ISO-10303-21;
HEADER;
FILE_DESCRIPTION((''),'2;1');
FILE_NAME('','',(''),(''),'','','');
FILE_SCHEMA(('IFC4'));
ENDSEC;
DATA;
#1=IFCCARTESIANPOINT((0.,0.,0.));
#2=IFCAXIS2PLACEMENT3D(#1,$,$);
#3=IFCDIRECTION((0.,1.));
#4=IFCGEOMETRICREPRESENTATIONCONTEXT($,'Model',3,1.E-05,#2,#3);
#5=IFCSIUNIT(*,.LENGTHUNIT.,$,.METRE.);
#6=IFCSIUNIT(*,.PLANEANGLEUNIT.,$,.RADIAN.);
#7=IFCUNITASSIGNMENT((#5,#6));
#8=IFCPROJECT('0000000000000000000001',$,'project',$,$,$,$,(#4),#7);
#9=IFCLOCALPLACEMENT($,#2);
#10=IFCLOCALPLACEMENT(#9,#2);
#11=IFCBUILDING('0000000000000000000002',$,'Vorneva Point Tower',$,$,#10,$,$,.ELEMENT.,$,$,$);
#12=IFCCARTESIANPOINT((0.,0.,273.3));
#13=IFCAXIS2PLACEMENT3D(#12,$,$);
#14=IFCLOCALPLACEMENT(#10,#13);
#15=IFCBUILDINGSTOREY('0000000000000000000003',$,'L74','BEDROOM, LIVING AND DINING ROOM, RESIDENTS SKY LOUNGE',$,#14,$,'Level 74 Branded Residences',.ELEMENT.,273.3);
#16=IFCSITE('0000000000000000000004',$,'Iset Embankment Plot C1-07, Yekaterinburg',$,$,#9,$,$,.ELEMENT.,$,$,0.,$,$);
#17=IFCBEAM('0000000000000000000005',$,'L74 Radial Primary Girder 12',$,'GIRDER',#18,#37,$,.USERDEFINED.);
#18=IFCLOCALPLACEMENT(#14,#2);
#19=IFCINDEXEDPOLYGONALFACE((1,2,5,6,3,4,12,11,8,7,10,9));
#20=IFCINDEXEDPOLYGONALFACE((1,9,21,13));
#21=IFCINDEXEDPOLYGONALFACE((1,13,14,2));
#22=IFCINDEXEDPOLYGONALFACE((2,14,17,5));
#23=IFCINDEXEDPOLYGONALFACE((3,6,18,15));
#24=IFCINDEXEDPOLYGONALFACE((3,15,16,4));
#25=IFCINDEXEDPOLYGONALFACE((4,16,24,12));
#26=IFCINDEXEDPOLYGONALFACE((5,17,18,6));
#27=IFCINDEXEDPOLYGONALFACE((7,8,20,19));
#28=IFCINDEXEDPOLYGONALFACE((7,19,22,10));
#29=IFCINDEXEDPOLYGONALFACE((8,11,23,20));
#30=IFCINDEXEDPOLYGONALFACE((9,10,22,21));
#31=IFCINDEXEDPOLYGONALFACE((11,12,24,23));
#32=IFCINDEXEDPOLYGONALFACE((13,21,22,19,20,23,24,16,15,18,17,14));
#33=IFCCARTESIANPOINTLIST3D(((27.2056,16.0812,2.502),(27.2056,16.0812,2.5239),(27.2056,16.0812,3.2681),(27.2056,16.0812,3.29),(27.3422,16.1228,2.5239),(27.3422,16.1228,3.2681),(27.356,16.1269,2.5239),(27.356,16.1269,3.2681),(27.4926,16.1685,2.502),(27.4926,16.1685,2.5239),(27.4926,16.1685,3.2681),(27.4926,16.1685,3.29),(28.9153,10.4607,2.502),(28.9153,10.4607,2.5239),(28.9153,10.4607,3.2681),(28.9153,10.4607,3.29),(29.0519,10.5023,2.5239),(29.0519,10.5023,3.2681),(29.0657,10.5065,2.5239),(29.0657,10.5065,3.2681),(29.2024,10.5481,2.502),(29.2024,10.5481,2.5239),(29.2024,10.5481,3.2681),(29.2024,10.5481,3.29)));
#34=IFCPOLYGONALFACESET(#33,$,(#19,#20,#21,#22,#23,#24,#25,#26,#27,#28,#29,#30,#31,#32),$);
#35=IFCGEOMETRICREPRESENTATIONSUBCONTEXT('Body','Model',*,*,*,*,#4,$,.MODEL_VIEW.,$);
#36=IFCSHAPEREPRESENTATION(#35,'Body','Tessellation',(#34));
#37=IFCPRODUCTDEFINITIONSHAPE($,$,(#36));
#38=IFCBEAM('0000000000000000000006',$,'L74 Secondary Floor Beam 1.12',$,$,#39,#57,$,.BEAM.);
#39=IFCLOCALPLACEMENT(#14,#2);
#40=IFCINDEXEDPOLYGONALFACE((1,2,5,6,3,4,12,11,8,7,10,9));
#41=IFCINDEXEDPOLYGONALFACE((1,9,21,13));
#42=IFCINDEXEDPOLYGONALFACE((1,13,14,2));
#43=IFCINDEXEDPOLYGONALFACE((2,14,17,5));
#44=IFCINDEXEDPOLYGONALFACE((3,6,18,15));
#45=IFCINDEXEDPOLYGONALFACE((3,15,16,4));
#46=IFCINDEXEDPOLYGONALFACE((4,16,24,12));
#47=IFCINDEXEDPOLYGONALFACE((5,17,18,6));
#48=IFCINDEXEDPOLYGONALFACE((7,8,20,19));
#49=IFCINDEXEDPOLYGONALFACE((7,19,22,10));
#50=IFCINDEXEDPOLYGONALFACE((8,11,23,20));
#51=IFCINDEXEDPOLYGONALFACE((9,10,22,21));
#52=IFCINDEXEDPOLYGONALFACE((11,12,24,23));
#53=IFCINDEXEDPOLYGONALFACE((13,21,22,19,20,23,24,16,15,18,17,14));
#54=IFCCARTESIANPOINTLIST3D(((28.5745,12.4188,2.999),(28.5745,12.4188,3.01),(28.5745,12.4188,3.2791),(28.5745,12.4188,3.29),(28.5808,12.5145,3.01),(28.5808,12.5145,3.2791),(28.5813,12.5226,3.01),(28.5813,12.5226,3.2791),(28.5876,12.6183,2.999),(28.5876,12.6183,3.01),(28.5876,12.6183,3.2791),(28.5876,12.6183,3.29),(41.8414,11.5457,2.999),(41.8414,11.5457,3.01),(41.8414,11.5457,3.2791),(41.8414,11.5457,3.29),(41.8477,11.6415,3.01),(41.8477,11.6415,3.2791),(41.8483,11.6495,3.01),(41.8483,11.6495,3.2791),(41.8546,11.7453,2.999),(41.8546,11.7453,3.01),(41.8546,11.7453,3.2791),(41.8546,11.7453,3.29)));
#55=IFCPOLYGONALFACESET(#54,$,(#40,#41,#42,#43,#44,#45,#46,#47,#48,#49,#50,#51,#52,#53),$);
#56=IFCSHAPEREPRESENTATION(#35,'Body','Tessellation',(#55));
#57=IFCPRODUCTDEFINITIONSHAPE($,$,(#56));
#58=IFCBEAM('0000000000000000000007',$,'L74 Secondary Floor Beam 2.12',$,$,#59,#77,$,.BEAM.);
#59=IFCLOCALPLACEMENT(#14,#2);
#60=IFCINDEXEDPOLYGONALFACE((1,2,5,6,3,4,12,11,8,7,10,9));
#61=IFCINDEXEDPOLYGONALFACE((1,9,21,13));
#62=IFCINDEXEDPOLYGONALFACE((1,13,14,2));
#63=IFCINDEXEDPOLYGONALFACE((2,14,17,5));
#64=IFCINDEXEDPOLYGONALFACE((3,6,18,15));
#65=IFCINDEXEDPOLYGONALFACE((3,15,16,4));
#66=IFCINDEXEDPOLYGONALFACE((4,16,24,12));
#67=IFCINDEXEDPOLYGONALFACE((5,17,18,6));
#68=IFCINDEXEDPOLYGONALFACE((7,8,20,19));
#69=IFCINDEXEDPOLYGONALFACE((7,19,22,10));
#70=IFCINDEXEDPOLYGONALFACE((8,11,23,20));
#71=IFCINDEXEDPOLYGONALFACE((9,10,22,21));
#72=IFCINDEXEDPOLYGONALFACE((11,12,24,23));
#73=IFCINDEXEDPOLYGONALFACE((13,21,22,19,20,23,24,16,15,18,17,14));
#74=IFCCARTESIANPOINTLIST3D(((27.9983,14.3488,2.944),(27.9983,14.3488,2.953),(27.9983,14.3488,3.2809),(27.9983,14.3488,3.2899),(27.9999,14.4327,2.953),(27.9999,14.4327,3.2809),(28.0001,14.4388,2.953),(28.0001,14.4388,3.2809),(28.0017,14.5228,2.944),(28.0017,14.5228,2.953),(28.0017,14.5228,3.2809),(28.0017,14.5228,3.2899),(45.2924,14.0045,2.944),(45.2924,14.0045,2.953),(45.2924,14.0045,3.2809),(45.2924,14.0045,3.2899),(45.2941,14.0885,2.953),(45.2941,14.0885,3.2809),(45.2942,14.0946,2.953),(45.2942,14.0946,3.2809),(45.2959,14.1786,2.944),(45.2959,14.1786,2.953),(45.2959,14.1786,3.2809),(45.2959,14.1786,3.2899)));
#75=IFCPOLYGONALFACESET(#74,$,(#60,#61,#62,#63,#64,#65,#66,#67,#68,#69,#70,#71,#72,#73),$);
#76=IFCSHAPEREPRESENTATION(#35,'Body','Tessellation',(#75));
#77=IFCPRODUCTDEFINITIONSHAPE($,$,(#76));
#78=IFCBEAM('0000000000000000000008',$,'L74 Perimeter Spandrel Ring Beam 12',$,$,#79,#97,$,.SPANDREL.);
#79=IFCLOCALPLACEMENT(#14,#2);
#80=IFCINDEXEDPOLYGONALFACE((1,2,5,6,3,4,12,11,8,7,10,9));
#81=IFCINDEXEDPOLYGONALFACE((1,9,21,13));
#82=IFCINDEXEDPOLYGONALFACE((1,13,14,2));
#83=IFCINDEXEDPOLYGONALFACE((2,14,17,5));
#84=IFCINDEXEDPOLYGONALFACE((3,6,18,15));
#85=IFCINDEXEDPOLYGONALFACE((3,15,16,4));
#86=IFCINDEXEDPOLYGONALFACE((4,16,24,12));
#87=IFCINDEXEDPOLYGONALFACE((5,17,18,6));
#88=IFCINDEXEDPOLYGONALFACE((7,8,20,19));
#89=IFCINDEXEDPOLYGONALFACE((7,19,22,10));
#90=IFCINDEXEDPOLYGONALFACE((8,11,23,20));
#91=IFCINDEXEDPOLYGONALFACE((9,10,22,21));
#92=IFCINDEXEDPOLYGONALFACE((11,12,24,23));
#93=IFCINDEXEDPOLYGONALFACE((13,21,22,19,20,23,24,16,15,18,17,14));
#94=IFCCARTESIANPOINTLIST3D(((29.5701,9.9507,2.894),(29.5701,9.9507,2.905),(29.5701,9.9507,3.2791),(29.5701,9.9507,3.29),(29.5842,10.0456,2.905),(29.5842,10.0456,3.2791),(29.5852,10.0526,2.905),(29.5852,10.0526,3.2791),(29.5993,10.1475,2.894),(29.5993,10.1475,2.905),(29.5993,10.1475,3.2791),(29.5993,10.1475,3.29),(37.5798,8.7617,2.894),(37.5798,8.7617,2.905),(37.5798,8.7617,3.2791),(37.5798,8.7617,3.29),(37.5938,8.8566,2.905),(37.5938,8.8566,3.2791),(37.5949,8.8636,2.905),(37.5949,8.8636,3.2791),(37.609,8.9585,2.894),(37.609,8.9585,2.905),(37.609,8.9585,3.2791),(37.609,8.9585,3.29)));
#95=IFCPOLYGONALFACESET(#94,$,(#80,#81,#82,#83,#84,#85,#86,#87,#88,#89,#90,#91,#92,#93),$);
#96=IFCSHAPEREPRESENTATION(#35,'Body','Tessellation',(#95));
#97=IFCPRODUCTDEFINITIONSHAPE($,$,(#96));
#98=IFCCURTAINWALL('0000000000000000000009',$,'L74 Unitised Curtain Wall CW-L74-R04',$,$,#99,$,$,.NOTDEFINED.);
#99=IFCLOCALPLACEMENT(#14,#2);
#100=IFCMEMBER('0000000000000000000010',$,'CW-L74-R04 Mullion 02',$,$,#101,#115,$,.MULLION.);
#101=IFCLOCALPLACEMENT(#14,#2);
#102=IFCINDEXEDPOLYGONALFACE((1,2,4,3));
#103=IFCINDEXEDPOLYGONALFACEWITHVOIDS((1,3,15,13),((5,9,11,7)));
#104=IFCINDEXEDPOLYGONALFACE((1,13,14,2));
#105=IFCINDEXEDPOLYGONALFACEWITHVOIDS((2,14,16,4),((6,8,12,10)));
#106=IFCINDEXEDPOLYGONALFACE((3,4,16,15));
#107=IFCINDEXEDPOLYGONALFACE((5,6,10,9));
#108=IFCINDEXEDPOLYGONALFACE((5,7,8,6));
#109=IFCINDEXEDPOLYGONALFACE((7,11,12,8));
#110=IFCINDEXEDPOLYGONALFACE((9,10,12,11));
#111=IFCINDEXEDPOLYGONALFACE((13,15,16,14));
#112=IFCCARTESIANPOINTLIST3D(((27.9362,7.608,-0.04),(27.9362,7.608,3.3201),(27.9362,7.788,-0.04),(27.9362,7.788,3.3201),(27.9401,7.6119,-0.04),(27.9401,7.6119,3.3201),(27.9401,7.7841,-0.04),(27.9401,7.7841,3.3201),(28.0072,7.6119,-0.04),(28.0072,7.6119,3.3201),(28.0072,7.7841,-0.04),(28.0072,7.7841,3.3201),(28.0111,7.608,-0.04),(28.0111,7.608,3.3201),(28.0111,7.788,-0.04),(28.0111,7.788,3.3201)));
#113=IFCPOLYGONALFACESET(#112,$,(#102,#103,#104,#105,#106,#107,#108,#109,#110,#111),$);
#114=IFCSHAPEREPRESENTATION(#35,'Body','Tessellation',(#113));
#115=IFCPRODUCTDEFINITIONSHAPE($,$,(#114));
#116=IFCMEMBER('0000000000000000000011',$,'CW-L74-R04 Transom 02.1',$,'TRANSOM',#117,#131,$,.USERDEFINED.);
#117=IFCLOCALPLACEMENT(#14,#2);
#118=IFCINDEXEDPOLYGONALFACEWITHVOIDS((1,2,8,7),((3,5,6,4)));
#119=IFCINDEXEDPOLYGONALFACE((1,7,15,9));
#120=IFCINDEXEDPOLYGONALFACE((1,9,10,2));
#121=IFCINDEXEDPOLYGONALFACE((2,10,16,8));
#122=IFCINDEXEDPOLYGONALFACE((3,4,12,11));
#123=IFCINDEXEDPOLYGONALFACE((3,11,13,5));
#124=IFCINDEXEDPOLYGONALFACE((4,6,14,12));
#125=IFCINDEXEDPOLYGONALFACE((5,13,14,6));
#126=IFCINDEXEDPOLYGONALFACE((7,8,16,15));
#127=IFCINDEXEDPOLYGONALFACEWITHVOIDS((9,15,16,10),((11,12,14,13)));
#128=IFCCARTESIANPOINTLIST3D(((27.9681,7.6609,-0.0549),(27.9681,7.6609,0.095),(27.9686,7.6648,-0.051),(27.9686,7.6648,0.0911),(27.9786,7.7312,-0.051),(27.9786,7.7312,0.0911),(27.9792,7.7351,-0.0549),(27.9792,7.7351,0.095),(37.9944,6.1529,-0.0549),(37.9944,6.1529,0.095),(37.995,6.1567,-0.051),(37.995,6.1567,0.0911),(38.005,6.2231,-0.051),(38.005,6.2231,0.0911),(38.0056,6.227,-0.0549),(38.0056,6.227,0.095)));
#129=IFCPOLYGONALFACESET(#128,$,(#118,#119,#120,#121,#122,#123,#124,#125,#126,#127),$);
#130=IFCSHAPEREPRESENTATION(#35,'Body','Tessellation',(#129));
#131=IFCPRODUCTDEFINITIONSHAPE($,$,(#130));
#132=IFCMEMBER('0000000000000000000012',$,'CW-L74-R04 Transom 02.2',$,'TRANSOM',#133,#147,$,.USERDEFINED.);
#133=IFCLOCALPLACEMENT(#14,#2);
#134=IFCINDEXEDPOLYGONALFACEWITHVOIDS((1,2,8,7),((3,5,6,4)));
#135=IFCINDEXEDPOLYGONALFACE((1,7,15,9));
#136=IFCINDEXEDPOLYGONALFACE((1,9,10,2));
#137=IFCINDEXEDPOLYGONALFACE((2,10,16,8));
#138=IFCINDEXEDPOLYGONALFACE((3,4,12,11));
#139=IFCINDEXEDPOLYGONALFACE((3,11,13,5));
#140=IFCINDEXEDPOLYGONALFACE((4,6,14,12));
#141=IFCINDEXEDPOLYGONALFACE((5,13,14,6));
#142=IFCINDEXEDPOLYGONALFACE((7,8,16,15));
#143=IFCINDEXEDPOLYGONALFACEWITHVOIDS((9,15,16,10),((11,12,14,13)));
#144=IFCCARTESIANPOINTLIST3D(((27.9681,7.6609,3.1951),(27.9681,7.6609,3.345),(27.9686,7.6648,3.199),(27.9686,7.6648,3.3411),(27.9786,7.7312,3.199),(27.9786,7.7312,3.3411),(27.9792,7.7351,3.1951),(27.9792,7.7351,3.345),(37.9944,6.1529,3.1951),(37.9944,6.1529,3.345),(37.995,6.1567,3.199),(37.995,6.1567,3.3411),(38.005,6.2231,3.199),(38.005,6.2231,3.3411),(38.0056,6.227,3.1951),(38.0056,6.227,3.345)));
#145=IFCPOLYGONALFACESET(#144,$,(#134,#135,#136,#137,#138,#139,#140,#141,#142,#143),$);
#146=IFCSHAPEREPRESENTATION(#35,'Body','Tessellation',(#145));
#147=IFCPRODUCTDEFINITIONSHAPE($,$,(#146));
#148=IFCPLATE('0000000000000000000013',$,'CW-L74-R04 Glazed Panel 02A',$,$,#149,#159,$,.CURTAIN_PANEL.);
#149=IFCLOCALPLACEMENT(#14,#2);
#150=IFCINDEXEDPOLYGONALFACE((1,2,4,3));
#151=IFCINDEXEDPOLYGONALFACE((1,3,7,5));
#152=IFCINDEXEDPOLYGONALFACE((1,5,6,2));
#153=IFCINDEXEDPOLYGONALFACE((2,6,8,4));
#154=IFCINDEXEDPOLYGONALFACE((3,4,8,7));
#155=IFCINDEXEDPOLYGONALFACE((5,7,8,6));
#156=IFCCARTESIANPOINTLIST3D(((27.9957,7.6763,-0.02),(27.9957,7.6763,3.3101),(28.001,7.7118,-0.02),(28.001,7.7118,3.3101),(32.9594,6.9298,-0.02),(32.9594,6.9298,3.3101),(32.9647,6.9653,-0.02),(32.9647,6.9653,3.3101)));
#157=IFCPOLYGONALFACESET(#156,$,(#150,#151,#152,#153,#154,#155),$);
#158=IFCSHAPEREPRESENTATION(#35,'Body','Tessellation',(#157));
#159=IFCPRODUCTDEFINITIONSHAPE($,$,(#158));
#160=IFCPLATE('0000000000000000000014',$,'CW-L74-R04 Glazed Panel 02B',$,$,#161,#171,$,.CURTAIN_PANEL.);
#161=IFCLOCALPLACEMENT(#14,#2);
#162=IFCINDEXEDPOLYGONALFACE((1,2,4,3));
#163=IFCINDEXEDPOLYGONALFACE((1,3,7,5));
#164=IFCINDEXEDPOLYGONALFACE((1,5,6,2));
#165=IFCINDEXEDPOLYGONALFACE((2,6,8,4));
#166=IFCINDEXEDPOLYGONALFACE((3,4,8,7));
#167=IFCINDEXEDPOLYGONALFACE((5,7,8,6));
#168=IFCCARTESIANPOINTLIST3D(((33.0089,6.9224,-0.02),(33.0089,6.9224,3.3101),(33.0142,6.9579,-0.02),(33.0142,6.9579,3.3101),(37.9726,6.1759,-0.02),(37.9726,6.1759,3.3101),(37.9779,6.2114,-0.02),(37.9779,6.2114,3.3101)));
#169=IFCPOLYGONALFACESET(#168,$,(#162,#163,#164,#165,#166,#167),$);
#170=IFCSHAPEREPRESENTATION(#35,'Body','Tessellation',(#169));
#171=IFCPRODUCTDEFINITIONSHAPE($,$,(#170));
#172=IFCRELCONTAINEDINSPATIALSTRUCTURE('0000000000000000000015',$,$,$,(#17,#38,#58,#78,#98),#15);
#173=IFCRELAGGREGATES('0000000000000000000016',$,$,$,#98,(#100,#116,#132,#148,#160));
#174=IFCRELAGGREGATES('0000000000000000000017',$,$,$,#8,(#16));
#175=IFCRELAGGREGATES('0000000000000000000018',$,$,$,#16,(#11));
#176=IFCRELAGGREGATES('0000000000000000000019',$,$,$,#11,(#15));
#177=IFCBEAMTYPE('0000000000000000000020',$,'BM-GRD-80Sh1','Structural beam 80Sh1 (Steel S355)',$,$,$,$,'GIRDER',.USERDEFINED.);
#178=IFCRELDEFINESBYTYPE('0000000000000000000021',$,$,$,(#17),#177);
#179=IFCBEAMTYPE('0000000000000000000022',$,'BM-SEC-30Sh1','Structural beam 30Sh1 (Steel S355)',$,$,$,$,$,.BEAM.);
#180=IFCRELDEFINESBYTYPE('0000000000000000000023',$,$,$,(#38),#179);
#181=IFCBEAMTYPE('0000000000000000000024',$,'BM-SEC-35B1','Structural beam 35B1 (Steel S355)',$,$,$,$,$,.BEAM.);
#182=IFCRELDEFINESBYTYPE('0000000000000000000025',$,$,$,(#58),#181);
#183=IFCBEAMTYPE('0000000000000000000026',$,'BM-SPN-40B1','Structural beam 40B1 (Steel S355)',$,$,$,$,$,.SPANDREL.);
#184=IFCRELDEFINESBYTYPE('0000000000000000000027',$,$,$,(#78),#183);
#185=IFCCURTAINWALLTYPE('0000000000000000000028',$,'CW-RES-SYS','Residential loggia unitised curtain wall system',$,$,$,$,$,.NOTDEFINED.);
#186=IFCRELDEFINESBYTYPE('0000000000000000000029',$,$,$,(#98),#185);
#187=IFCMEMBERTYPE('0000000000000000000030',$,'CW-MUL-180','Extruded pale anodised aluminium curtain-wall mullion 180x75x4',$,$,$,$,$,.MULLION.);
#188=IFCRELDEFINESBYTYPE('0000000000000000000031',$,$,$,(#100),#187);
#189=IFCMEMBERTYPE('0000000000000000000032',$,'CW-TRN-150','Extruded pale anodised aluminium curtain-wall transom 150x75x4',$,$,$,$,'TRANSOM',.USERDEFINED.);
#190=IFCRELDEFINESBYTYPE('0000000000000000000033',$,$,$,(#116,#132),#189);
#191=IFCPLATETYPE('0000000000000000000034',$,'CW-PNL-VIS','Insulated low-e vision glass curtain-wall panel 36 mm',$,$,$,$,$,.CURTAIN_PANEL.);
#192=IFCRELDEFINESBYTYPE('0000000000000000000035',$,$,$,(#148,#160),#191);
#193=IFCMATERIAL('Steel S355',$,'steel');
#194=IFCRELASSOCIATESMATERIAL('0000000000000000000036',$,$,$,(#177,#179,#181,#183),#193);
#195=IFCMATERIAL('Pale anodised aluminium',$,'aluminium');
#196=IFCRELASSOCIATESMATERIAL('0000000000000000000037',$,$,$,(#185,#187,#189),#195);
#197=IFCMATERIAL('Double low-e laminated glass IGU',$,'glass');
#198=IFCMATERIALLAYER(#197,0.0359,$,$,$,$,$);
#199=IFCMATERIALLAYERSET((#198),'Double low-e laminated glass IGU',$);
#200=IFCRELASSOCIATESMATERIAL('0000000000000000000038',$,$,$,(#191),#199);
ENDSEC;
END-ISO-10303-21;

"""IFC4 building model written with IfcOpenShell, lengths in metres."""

from ifc_helpers import new_model, si_unit, direction, frame, origin, origin_2d, place, context, subcontext, project, spatial, rectangle, hollow_rectangle, i_section, extrude, material, layer, layer_set, material_profile, profile_set, type_object, element, aggregate, save


model = new_model("IFC4")

# Units and contexts
model_context = context("Model", 3, precision=1e-05, world=origin(), true_north=direction((0.0, 1.0)))
body_context = subcontext(model_context, "Body", "Model", "MODEL_VIEW")
ifc_project = project(units=[si_unit("LENGTHUNIT", "METRE"), si_unit("PLANEANGLEUNIT", "RADIAN")], contexts=[model_context])

# Site, building, storey
site_placement = place(None, origin())
site = spatial("IfcSite", under=ifc_project, at=site_placement, Name="Iset Embankment Plot C1-07, Yekaterinburg", CompositionType="ELEMENT", RefElevation=0.0)
building_placement = place(site_placement, origin())
building = spatial("IfcBuilding", under=site, at=building_placement, Name="Vorneva Point Tower", CompositionType="ELEMENT")
storey_placement = place(building_placement, frame((0.0, 0.0, 273.3)))
storey = spatial("IfcBuildingStorey", under=building, at=storey_placement, Name="L74", Description="BEDROOM, LIVING AND DINING ROOM, RESIDENTS SKY LOUNGE", LongName="Level 74 Branded Residences", CompositionType="ELEMENT", Elevation=273.3)

# Beams
ifc_material_1 = material(Name="Steel S355", Category="steel")
ifc_material_profile_1 = material_profile(ifc_material_1, i_section(OverallWidth=0.3, OverallDepth=0.7881, WebThickness=0.0144, FlangeThickness=0.022, at=origin_2d()), Name="80Sh1")
ifc_profile_set_1 = profile_set([ifc_material_profile_1], Name="Steel S355")
beam_type_1 = type_object("IfcBeamType", Name="BM-GRD-80Sh1", Description="Structural beam 80Sh1 (Steel S355)", ElementType="GIRDER", PredefinedType="USERDEFINED", material=ifc_profile_set_1)
beam_1_placement = place(storey_placement, frame((29.0588, 10.5044, 2.896), z_axis=(-0.291033, 0.956713, 0.0), x_axis=(-0.956713, -0.291033, 0.0)))
element("IfcBeam", 1, at=beam_1_placement, inside=storey, type_object=beam_type_1, Name="L74 Radial Primary Girder 12", ObjectType="GIRDER", PredefinedType="USERDEFINED", context=body_context, shape_type="SweptSolid", body=[
    extrude(i_section(OverallWidth=0.3, OverallDepth=0.7881, WebThickness=0.0144, FlangeThickness=0.022, at=origin_2d()), origin(), (0.0, 0.0, 1.0), 5.8748),
])
ifc_material_profile_2 = material_profile(ifc_material_1, i_section(OverallWidth=0.2, OverallDepth=0.291, WebThickness=0.0081, FlangeThickness=0.011, at=origin_2d()), Name="30Sh1")
ifc_profile_set_2 = profile_set([ifc_material_profile_2], Name="Steel S355")
beam_type_2 = type_object("IfcBeamType", Name="BM-SEC-30Sh1", Description="Structural beam 30Sh1 (Steel S355)", PredefinedType="BEAM", material=ifc_profile_set_2)
beam_2_placement = place(storey_placement, frame((28.5811, 12.5186, 3.1445), z_axis=(0.997842, -0.065665, 0.0), x_axis=(0.065665, 0.997842, 0.0)))
element("IfcBeam", 2, at=beam_2_placement, inside=storey, type_object=beam_type_2, Name="L74 Secondary Floor Beam 1.12", PredefinedType="BEAM", context=body_context, shape_type="SweptSolid", body=[
    extrude(i_section(OverallWidth=0.2, OverallDepth=0.291, WebThickness=0.0081, FlangeThickness=0.011, at=origin_2d()), origin(), (0.0, 0.0, 1.0), 13.2957),
])
ifc_material_profile_3 = material_profile(ifc_material_1, i_section(OverallWidth=0.1741, OverallDepth=0.3459, WebThickness=0.0061, FlangeThickness=0.009, at=origin_2d()), Name="35B1")
ifc_profile_set_3 = profile_set([ifc_material_profile_3], Name="Steel S355")
beam_type_3 = type_object("IfcBeamType", Name="BM-SEC-35B1", Description="Structural beam 35B1 (Steel S355)", PredefinedType="BEAM", material=ifc_profile_set_3)
beam_3_placement = place(storey_placement, frame((28.0, 14.4358, 3.1169), z_axis=(0.999802, -0.019901, 0.0), x_axis=(0.019901, 0.999802, 0.0)))
element("IfcBeam", 3, at=beam_3_placement, inside=storey, type_object=beam_type_3, Name="L74 Secondary Floor Beam 2.12", PredefinedType="BEAM", context=body_context, shape_type="SweptSolid", body=[
    extrude(i_section(OverallWidth=0.1741, OverallDepth=0.3459, WebThickness=0.0061, FlangeThickness=0.009, at=origin_2d()), origin(), (0.0, 0.0, 1.0), 17.2976),
])
ifc_material_profile_4 = material_profile(ifc_material_1, i_section(OverallWidth=0.199, OverallDepth=0.396, WebThickness=0.0071, FlangeThickness=0.011, at=origin_2d()), Name="40B1")
ifc_profile_set_4 = profile_set([ifc_material_profile_4], Name="Steel S355")
beam_type_4 = type_object("IfcBeamType", Name="BM-SPN-40B1", Description="Structural beam 40B1 (Steel S355)", PredefinedType="SPANDREL", material=ifc_profile_set_4)
beam_4_placement = place(storey_placement, frame((29.5847, 10.0491, 3.092), z_axis=(0.989162, -0.146831, 0.0), x_axis=(0.146831, 0.989162, 0.0)))
element("IfcBeam", 4, at=beam_4_placement, inside=storey, type_object=beam_type_4, Name="L74 Perimeter Spandrel Ring Beam 12", PredefinedType="SPANDREL", context=body_context, shape_type="SweptSolid", body=[
    extrude(i_section(OverallWidth=0.199, OverallDepth=0.396, WebThickness=0.0071, FlangeThickness=0.011, at=origin_2d()), origin(), (0.0, 0.0, 1.0), 8.0974),
])

# Curtain wall, members, plates
ifc_material_2 = material(Name="Pale anodised aluminium", Category="aluminium")
curtain_wall_type = type_object("IfcCurtainWallType", Name="CW-RES-SYS", Description="Residential loggia unitised curtain wall system", PredefinedType="NOTDEFINED", material=ifc_material_2)
curtain_wall_placement = place(storey_placement, origin())
curtain_wall = element("IfcCurtainWall", 5, at=curtain_wall_placement, inside=storey, type_object=curtain_wall_type, Name="L74 Unitised Curtain Wall CW-L74-R04", PredefinedType="NOTDEFINED")
ifc_material_profile_5 = material_profile(ifc_material_2, hollow_rectangle(XDim=0.075, YDim=0.1799, WallThickness=0.0039, at=origin_2d()), Name="AL-MUL 180x75x4")
ifc_profile_set_5 = profile_set([ifc_material_profile_5], Name="Pale anodised aluminium")
member_type_1 = type_object("IfcMemberType", Name="CW-MUL-180", Description="Extruded pale anodised aluminium curtain-wall mullion 180x75x4", PredefinedType="MULLION", material=ifc_profile_set_5)
member_1_placement = place(storey_placement, frame((27.9736, 7.698, -0.04), z_axis=(0.0, 0.0, 1.0), x_axis=(1.0, 0.0, 0.0)))
member_1 = element("IfcMember", 6, at=member_1_placement, type_object=member_type_1, Name="CW-L74-R04 Mullion 02", PredefinedType="MULLION", context=body_context, shape_type="SweptSolid", body=[
    extrude(hollow_rectangle(XDim=0.075, YDim=0.1799, WallThickness=0.0039, at=origin_2d()), origin(), (0.0, 0.0, 1.0), 3.3601),
])
ifc_material_profile_6 = material_profile(ifc_material_2, hollow_rectangle(XDim=0.075, YDim=0.1499, WallThickness=0.0039, at=origin_2d()), Name="AL-TRN 150x75x4")
ifc_profile_set_6 = profile_set([ifc_material_profile_6], Name="Pale anodised aluminium")
member_type_2 = type_object("IfcMemberType", Name="CW-TRN-150", Description="Extruded pale anodised aluminium curtain-wall transom 150x75x4", ElementType="TRANSOM", PredefinedType="USERDEFINED", material=ifc_profile_set_6)
member_2_placement = place(storey_placement, frame((27.9736, 7.698, 0.02), z_axis=(0.988877, -0.148736, 0.0), x_axis=(0.148736, 0.988877, 0.0)))
member_2 = element("IfcMember", 7, at=member_2_placement, type_object=member_type_2, Name="CW-L74-R04 Transom 02.1", ObjectType="TRANSOM", PredefinedType="USERDEFINED", context=body_context, shape_type="SweptSolid", body=[
    extrude(hollow_rectangle(XDim=0.075, YDim=0.1499, WallThickness=0.0039, at=origin_2d()), origin(), (0.0, 0.0, 1.0), 10.1392),
])
member_3_placement = place(storey_placement, frame((27.9736, 7.698, 3.27), z_axis=(0.988877, -0.148736, 0.0), x_axis=(0.148736, 0.988877, 0.0)))
member_3 = element("IfcMember", 8, at=member_3_placement, type_object=member_type_2, Name="CW-L74-R04 Transom 02.2", ObjectType="TRANSOM", PredefinedType="USERDEFINED", context=body_context, shape_type="SweptSolid", body=[
    extrude(hollow_rectangle(XDim=0.075, YDim=0.1499, WallThickness=0.0039, at=origin_2d()), origin(), (0.0, 0.0, 1.0), 10.1392),
])
ifc_material_3 = material(Name="Double low-e laminated glass IGU", Category="glass")
ifc_layer_1 = layer(ifc_material_3, 0.0359)
ifc_layer_set_1 = layer_set([ifc_layer_1], Name="Double low-e laminated glass IGU")
plate_type = type_object("IfcPlateType", Name="CW-PNL-VIS", Description="Insulated low-e vision glass curtain-wall panel 36 mm", PredefinedType="CURTAIN_PANEL", material=ifc_layer_set_1)
plate_1_placement = place(storey_placement, frame((30.4802, 7.3208, -0.02), z_axis=(0.0, 0.0, 1.0), x_axis=(0.988879, -0.148724, 0.0)))
plate_1 = element("IfcPlate", 9, at=plate_1_placement, type_object=plate_type, Name="CW-L74-R04 Glazed Panel 02A", PredefinedType="CURTAIN_PANEL", context=body_context, shape_type="SweptSolid", body=[
    extrude(rectangle(XDim=5.0195, YDim=0.0359, at=origin_2d()), origin(), (0.0, 0.0, 1.0), 3.3301),
])
plate_2_placement = place(storey_placement, frame((35.4934, 6.5669, -0.02), z_axis=(0.0, 0.0, 1.0), x_axis=(0.988879, -0.148724, 0.0)))
plate_2 = element("IfcPlate", 10, at=plate_2_placement, type_object=plate_type, Name="CW-L74-R04 Glazed Panel 02B", PredefinedType="CURTAIN_PANEL", context=body_context, shape_type="SweptSolid", body=[
    extrude(rectangle(XDim=5.0195, YDim=0.0359, at=origin_2d()), origin(), (0.0, 0.0, 1.0), 3.3301),
])
aggregate(curtain_wall, [member_1, member_2, member_3, plate_1, plate_2])

save(model, "model.ifc")
